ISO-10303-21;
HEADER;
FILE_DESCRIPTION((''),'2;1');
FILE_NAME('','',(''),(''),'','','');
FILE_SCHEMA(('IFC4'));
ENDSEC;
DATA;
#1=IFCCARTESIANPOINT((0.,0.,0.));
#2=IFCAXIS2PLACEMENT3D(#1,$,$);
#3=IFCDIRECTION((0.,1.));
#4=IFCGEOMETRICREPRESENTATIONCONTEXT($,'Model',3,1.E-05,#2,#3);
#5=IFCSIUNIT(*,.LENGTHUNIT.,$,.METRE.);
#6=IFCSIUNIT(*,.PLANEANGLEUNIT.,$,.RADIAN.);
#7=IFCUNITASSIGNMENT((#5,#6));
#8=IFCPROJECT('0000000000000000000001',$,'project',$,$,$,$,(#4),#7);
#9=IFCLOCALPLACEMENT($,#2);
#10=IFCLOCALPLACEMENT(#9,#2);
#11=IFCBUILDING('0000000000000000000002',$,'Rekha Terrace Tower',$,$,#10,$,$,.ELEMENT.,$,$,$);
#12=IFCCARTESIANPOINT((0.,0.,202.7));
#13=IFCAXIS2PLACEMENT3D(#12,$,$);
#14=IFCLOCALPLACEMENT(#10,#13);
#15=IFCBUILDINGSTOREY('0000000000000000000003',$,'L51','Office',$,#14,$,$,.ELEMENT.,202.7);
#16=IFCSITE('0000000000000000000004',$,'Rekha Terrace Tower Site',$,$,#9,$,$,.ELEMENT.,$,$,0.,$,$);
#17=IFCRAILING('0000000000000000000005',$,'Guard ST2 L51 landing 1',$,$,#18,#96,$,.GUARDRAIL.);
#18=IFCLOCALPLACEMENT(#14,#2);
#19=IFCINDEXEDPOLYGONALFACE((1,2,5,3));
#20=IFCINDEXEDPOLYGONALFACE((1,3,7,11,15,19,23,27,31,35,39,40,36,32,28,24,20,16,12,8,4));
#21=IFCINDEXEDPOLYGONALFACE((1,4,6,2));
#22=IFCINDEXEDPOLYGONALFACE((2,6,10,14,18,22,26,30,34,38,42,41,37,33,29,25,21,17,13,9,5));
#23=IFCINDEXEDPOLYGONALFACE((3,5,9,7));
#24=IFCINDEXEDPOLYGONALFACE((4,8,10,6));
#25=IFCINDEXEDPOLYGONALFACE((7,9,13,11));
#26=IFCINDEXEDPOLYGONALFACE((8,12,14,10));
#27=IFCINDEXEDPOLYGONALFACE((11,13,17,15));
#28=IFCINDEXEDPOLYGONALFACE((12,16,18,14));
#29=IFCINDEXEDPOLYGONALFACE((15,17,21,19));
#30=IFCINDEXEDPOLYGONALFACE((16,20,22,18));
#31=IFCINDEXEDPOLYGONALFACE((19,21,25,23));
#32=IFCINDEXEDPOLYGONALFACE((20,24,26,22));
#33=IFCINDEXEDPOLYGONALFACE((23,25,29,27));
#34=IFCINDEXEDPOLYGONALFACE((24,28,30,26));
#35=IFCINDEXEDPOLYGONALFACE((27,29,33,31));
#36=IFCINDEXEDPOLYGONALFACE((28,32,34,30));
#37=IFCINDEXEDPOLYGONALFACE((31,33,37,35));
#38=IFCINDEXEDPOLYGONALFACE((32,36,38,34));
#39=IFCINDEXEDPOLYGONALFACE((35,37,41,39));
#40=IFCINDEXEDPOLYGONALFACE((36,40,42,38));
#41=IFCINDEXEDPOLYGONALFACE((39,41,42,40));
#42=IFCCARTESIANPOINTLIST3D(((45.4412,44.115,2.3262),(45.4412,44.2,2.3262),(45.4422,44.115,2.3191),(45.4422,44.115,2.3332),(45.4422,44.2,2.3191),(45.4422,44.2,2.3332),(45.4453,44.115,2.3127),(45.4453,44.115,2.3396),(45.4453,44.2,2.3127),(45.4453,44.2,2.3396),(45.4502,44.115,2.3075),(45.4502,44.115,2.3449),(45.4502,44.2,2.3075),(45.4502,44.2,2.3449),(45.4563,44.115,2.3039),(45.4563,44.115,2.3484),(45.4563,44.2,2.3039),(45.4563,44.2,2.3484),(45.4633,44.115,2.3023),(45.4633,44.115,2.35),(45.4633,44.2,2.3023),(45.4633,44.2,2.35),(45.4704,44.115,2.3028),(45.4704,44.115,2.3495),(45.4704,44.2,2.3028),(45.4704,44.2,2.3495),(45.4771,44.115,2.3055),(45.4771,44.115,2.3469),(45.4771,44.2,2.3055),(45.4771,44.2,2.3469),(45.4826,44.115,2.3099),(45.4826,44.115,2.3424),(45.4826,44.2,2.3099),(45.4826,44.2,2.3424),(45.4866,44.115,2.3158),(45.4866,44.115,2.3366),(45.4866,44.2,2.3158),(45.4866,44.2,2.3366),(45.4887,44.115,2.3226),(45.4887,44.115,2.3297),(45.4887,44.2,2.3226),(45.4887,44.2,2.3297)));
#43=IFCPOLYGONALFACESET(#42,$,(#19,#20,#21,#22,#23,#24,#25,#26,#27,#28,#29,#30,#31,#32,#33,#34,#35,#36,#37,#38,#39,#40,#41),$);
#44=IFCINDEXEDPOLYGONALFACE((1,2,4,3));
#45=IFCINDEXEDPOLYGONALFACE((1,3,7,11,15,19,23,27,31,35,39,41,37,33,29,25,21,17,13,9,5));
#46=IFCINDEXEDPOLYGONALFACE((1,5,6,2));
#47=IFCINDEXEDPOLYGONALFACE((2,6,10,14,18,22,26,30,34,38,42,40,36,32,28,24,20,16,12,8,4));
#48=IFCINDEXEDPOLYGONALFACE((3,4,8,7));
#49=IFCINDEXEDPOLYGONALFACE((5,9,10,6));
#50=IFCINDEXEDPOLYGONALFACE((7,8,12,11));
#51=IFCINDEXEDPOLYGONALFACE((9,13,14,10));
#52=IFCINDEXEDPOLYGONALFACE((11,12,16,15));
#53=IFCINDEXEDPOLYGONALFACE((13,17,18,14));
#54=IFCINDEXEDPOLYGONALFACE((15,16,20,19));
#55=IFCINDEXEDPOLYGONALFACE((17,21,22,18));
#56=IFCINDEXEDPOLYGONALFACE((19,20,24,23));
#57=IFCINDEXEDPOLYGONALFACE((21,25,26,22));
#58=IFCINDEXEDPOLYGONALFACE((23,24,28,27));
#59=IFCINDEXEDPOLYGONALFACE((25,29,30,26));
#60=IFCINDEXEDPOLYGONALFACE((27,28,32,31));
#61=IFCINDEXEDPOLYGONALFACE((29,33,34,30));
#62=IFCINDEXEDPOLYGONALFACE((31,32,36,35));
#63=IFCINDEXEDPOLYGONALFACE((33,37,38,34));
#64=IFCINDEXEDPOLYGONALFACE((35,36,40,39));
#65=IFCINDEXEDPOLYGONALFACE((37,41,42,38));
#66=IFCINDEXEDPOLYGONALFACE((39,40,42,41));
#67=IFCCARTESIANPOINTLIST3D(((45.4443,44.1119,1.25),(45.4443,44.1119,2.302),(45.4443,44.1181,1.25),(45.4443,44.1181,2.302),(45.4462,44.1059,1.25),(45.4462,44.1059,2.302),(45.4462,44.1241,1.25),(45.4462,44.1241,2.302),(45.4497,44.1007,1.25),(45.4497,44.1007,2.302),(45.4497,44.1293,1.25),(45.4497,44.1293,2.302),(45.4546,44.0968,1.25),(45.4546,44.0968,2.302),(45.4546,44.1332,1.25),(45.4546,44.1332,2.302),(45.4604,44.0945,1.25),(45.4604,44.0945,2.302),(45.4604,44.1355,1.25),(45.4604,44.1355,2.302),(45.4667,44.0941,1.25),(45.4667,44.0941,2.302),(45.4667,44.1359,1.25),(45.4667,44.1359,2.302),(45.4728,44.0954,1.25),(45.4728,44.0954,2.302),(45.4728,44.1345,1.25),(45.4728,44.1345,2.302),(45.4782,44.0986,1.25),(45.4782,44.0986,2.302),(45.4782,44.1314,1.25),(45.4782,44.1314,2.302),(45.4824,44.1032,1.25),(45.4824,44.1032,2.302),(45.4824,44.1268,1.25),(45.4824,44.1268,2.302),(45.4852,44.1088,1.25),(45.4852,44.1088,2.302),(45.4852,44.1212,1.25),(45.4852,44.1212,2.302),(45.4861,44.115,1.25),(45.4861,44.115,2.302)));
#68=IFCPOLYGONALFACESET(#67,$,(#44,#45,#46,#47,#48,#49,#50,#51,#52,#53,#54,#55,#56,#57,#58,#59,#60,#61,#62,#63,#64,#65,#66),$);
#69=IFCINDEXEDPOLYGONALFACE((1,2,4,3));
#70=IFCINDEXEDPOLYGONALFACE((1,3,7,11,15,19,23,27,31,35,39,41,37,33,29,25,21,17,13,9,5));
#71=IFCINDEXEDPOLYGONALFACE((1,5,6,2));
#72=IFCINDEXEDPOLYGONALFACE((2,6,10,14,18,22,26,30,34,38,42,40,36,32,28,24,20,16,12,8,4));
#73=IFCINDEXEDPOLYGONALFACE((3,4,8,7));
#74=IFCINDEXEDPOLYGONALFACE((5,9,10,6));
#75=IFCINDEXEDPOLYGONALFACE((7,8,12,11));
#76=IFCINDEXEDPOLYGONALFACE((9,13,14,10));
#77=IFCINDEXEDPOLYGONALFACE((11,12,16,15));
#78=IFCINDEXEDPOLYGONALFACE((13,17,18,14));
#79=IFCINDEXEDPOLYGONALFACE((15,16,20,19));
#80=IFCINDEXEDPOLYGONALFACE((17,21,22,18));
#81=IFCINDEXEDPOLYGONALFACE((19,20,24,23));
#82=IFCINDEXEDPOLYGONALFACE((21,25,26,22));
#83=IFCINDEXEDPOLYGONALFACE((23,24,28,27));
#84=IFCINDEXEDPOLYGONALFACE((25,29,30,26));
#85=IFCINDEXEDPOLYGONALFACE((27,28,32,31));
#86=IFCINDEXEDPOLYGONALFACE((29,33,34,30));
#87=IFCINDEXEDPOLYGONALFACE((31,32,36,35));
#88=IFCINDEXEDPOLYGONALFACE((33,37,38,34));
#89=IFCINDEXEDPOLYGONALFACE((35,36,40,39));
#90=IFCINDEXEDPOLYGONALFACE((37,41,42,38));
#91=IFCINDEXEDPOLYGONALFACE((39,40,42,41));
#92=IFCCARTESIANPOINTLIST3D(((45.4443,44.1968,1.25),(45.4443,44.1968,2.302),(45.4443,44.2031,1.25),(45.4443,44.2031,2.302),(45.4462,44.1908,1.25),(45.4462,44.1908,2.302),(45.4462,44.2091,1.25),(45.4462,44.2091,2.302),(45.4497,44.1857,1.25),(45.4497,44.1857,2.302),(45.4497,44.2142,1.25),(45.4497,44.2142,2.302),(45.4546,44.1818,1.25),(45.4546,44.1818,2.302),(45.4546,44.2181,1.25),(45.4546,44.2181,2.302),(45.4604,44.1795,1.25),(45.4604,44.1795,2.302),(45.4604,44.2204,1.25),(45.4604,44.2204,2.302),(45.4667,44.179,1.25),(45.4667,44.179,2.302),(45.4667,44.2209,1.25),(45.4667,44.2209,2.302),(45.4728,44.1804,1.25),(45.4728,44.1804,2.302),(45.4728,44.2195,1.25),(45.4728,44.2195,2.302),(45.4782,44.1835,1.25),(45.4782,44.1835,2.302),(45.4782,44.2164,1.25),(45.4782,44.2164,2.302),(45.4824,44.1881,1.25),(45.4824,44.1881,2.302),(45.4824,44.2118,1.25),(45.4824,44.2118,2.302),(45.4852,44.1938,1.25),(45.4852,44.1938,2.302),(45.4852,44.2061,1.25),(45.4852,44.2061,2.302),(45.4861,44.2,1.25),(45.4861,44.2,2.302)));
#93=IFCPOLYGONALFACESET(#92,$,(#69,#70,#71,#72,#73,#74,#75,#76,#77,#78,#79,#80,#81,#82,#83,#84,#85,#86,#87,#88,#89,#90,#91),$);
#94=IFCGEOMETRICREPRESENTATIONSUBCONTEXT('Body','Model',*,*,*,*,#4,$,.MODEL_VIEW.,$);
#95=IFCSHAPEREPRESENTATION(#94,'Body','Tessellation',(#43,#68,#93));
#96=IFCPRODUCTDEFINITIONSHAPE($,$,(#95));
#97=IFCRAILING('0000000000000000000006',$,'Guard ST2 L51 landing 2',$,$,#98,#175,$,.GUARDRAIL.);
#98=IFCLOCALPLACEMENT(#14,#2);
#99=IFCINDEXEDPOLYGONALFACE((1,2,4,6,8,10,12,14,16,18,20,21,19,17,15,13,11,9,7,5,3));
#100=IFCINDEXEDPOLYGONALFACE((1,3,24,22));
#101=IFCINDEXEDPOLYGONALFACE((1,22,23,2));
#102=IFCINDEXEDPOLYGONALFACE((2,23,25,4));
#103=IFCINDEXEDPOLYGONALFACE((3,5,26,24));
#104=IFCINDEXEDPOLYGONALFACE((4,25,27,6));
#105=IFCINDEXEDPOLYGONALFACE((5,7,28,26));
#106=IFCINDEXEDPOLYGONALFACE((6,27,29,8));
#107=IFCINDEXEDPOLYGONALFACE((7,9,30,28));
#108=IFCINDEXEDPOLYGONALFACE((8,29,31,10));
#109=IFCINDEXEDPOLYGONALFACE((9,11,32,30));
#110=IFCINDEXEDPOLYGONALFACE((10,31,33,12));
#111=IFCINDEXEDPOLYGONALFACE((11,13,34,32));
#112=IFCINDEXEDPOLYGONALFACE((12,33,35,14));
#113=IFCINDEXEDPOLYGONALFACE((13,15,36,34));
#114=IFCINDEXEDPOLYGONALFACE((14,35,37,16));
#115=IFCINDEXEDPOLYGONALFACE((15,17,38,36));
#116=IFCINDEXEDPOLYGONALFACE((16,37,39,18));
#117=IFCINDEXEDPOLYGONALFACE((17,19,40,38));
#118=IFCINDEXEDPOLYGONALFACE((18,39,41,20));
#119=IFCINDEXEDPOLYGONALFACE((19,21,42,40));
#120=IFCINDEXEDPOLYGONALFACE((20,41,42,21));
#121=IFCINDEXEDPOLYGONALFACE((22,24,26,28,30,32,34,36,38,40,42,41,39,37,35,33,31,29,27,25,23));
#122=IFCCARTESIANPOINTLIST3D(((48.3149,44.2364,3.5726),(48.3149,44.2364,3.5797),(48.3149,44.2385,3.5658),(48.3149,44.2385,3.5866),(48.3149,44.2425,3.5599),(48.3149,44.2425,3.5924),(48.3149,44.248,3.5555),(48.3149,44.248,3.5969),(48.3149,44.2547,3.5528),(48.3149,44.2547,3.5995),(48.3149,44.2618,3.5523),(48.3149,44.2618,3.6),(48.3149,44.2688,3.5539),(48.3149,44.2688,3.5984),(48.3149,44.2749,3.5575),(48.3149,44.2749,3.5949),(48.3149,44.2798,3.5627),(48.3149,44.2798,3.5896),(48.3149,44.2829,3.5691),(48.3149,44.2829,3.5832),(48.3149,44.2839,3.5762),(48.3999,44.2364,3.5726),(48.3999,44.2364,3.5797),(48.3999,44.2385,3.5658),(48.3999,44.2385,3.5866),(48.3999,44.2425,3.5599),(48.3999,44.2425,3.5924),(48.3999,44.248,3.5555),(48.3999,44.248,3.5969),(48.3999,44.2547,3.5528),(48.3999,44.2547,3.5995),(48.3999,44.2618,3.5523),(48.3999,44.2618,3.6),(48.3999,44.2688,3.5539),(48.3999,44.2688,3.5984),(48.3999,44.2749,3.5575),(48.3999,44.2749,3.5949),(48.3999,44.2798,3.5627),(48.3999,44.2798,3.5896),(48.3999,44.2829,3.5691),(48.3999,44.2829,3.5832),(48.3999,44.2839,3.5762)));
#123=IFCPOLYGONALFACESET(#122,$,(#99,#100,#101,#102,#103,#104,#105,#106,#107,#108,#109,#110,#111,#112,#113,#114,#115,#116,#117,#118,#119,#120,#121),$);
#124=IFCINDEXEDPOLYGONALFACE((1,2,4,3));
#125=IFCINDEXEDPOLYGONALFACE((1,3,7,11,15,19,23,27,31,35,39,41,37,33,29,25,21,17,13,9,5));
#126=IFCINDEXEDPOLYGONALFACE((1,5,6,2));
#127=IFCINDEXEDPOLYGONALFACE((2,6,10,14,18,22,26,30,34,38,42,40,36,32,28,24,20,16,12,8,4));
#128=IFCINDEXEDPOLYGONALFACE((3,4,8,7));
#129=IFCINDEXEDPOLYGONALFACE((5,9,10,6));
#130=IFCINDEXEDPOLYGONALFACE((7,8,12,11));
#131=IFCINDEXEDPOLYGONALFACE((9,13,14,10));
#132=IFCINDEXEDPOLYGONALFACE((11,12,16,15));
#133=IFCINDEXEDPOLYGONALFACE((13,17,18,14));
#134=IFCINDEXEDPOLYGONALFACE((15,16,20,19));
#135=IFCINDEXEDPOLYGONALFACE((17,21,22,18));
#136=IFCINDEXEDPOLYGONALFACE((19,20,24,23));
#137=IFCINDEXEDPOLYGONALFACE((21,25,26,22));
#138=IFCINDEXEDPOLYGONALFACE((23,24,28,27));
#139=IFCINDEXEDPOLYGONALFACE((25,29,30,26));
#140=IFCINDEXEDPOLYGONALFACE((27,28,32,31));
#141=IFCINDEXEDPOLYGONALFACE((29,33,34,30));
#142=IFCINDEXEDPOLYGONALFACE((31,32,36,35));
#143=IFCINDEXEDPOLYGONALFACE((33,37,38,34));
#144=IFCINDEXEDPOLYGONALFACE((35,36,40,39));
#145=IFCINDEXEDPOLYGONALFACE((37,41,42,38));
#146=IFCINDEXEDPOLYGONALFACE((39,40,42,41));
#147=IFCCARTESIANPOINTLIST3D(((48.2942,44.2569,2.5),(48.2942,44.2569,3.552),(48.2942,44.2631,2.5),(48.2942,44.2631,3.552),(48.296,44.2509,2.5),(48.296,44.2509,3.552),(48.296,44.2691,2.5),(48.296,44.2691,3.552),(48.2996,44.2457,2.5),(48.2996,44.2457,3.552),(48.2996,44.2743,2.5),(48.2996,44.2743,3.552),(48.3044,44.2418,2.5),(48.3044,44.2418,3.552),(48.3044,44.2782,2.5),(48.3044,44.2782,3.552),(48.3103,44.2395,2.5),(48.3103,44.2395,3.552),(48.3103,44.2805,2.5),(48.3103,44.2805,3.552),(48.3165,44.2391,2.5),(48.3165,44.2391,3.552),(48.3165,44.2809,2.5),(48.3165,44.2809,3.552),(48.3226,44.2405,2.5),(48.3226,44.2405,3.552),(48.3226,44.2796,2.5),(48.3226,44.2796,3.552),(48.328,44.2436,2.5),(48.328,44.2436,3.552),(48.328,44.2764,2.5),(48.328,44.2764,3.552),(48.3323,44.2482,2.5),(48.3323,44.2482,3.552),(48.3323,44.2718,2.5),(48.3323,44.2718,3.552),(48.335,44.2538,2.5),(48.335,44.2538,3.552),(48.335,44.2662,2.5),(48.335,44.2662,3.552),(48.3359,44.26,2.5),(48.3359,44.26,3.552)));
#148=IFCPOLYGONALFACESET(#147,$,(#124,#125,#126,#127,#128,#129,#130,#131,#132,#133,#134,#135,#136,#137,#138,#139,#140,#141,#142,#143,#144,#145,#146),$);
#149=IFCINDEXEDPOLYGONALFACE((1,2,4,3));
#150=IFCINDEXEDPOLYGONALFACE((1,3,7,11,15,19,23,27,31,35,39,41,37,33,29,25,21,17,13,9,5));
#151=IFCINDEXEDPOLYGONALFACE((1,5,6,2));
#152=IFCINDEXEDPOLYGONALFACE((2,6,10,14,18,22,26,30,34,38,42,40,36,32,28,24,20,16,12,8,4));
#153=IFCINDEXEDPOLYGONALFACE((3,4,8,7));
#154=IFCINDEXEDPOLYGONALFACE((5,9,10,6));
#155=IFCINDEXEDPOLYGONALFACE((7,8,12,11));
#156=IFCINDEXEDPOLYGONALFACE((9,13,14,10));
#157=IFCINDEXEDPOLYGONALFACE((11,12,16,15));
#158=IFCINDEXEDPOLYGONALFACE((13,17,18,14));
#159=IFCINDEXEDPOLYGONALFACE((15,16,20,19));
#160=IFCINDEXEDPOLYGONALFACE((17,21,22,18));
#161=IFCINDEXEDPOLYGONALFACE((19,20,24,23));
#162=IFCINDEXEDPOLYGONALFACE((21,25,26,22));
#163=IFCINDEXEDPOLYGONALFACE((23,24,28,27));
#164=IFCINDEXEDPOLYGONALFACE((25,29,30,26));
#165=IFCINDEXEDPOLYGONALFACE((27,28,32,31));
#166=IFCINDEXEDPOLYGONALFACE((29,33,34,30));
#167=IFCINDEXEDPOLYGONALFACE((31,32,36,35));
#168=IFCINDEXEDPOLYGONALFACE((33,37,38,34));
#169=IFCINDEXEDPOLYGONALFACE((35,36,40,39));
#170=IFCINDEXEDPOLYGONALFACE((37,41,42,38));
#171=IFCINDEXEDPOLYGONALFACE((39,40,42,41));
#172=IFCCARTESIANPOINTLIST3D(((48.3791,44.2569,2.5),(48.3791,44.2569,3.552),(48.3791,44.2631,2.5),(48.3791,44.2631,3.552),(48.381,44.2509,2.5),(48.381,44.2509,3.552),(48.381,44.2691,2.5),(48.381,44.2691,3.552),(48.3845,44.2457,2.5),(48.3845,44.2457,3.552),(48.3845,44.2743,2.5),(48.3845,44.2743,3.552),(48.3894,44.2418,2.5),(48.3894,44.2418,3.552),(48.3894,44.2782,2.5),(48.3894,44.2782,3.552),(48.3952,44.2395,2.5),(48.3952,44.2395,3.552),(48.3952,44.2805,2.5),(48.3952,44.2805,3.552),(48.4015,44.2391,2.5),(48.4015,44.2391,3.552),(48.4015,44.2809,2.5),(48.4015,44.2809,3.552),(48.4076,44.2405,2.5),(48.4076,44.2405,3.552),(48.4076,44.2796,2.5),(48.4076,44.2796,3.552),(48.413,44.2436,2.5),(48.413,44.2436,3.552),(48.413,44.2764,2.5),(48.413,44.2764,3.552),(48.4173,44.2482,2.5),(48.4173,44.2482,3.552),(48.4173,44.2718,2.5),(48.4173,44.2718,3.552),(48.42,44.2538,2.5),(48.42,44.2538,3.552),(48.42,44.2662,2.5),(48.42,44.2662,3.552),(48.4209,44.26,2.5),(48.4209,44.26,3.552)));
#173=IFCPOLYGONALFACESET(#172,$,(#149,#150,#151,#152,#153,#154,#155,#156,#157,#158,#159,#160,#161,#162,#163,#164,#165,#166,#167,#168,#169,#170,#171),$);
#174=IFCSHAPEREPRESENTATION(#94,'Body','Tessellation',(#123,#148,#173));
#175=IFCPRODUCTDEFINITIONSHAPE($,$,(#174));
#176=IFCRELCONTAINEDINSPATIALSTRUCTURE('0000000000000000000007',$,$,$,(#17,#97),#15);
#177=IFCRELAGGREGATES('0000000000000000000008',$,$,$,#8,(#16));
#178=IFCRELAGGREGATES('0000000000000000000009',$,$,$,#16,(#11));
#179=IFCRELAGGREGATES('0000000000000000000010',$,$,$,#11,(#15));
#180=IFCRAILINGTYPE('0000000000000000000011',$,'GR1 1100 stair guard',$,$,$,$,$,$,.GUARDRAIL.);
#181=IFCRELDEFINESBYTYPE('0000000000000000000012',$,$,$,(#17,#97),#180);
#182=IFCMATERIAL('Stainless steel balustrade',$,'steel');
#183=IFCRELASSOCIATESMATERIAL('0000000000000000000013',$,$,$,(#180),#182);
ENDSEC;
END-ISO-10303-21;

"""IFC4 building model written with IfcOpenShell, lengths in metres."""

from ifc_helpers import new_model, si_unit, direction, frame, origin, origin_2d, place, context, subcontext, project, spatial, circle, extrude, material, type_object, element, save


model = new_model("IFC4")

# Units and contexts
model_context = context("Model", 3, precision=1e-05, world=origin(), true_north=direction((0.0, 1.0)))
body_context = subcontext(model_context, "Body", "Model", "MODEL_VIEW")
ifc_project = project(units=[si_unit("LENGTHUNIT", "METRE"), si_unit("PLANEANGLEUNIT", "RADIAN")], contexts=[model_context])

# Site, building, storey
site_placement = place(None, origin())
site = spatial("IfcSite", under=ifc_project, at=site_placement, Name="Rekha Terrace Tower Site", CompositionType="ELEMENT", RefElevation=0.0)
building_placement = place(site_placement, origin())
building = spatial("IfcBuilding", under=site, at=building_placement, Name="Rekha Terrace Tower", CompositionType="ELEMENT")
storey_placement = place(building_placement, frame((0.0, 0.0, 202.7)))
storey = spatial("IfcBuildingStorey", under=building, at=storey_placement, Name="L51", Description="Office", CompositionType="ELEMENT", Elevation=202.7)

# Railings
ifc_material_1 = material(Name="Stainless steel balustrade", Category="steel")
railing_type_1 = type_object("IfcRailingType", Name="GR1 1100 stair guard", PredefinedType="GUARDRAIL", material=ifc_material_1)
railing_1_placement = place(storey_placement, frame((45.4651, 44.115, 1.25)))
element("IfcRailing", 1, at=railing_1_placement, inside=storey, type_object=railing_type_1, Name="Guard ST2 L51 landing 1", PredefinedType="GUARDRAIL", context=body_context, shape_type="SweptSolid", body=[
    extrude(circle(Radius=0.0239, at=origin_2d()), frame((0.0, 0.0, 1.0762), z_axis=(0.0, 1.0, 0.0), x_axis=(-1.0, 0.0, 0.0)), (0.0, 0.0, 1.0), 0.085),
    extrude(circle(Radius=0.021, at=origin_2d()), origin(), (0.0, 0.0, 1.0), 1.052),
    extrude(circle(Radius=0.021, at=origin_2d()), frame((0.0, 0.085, 0.0)), (0.0, 0.0, 1.0), 1.052),
])
railing_2_placement = place(storey_placement, frame((48.3149, 44.26, 2.5)))
element("IfcRailing", 2, at=railing_2_placement, inside=storey, type_object=railing_type_1, Name="Guard ST2 L51 landing 2", PredefinedType="GUARDRAIL", context=body_context, shape_type="SweptSolid", body=[
    extrude(circle(Radius=0.0239, at=origin_2d()), frame((0.0, 0.0, 1.0762), z_axis=(1.0, 0.0, 0.0), x_axis=(0.0, 1.0, 0.0)), (0.0, 0.0, 1.0), 0.085),
    extrude(circle(Radius=0.021, at=origin_2d()), origin(), (0.0, 0.0, 1.0), 1.052),
    extrude(circle(Radius=0.021, at=origin_2d()), frame((0.085, 0.0, 0.0)), (0.0, 0.0, 1.0), 1.052),
])

save(model, "model.ifc")
